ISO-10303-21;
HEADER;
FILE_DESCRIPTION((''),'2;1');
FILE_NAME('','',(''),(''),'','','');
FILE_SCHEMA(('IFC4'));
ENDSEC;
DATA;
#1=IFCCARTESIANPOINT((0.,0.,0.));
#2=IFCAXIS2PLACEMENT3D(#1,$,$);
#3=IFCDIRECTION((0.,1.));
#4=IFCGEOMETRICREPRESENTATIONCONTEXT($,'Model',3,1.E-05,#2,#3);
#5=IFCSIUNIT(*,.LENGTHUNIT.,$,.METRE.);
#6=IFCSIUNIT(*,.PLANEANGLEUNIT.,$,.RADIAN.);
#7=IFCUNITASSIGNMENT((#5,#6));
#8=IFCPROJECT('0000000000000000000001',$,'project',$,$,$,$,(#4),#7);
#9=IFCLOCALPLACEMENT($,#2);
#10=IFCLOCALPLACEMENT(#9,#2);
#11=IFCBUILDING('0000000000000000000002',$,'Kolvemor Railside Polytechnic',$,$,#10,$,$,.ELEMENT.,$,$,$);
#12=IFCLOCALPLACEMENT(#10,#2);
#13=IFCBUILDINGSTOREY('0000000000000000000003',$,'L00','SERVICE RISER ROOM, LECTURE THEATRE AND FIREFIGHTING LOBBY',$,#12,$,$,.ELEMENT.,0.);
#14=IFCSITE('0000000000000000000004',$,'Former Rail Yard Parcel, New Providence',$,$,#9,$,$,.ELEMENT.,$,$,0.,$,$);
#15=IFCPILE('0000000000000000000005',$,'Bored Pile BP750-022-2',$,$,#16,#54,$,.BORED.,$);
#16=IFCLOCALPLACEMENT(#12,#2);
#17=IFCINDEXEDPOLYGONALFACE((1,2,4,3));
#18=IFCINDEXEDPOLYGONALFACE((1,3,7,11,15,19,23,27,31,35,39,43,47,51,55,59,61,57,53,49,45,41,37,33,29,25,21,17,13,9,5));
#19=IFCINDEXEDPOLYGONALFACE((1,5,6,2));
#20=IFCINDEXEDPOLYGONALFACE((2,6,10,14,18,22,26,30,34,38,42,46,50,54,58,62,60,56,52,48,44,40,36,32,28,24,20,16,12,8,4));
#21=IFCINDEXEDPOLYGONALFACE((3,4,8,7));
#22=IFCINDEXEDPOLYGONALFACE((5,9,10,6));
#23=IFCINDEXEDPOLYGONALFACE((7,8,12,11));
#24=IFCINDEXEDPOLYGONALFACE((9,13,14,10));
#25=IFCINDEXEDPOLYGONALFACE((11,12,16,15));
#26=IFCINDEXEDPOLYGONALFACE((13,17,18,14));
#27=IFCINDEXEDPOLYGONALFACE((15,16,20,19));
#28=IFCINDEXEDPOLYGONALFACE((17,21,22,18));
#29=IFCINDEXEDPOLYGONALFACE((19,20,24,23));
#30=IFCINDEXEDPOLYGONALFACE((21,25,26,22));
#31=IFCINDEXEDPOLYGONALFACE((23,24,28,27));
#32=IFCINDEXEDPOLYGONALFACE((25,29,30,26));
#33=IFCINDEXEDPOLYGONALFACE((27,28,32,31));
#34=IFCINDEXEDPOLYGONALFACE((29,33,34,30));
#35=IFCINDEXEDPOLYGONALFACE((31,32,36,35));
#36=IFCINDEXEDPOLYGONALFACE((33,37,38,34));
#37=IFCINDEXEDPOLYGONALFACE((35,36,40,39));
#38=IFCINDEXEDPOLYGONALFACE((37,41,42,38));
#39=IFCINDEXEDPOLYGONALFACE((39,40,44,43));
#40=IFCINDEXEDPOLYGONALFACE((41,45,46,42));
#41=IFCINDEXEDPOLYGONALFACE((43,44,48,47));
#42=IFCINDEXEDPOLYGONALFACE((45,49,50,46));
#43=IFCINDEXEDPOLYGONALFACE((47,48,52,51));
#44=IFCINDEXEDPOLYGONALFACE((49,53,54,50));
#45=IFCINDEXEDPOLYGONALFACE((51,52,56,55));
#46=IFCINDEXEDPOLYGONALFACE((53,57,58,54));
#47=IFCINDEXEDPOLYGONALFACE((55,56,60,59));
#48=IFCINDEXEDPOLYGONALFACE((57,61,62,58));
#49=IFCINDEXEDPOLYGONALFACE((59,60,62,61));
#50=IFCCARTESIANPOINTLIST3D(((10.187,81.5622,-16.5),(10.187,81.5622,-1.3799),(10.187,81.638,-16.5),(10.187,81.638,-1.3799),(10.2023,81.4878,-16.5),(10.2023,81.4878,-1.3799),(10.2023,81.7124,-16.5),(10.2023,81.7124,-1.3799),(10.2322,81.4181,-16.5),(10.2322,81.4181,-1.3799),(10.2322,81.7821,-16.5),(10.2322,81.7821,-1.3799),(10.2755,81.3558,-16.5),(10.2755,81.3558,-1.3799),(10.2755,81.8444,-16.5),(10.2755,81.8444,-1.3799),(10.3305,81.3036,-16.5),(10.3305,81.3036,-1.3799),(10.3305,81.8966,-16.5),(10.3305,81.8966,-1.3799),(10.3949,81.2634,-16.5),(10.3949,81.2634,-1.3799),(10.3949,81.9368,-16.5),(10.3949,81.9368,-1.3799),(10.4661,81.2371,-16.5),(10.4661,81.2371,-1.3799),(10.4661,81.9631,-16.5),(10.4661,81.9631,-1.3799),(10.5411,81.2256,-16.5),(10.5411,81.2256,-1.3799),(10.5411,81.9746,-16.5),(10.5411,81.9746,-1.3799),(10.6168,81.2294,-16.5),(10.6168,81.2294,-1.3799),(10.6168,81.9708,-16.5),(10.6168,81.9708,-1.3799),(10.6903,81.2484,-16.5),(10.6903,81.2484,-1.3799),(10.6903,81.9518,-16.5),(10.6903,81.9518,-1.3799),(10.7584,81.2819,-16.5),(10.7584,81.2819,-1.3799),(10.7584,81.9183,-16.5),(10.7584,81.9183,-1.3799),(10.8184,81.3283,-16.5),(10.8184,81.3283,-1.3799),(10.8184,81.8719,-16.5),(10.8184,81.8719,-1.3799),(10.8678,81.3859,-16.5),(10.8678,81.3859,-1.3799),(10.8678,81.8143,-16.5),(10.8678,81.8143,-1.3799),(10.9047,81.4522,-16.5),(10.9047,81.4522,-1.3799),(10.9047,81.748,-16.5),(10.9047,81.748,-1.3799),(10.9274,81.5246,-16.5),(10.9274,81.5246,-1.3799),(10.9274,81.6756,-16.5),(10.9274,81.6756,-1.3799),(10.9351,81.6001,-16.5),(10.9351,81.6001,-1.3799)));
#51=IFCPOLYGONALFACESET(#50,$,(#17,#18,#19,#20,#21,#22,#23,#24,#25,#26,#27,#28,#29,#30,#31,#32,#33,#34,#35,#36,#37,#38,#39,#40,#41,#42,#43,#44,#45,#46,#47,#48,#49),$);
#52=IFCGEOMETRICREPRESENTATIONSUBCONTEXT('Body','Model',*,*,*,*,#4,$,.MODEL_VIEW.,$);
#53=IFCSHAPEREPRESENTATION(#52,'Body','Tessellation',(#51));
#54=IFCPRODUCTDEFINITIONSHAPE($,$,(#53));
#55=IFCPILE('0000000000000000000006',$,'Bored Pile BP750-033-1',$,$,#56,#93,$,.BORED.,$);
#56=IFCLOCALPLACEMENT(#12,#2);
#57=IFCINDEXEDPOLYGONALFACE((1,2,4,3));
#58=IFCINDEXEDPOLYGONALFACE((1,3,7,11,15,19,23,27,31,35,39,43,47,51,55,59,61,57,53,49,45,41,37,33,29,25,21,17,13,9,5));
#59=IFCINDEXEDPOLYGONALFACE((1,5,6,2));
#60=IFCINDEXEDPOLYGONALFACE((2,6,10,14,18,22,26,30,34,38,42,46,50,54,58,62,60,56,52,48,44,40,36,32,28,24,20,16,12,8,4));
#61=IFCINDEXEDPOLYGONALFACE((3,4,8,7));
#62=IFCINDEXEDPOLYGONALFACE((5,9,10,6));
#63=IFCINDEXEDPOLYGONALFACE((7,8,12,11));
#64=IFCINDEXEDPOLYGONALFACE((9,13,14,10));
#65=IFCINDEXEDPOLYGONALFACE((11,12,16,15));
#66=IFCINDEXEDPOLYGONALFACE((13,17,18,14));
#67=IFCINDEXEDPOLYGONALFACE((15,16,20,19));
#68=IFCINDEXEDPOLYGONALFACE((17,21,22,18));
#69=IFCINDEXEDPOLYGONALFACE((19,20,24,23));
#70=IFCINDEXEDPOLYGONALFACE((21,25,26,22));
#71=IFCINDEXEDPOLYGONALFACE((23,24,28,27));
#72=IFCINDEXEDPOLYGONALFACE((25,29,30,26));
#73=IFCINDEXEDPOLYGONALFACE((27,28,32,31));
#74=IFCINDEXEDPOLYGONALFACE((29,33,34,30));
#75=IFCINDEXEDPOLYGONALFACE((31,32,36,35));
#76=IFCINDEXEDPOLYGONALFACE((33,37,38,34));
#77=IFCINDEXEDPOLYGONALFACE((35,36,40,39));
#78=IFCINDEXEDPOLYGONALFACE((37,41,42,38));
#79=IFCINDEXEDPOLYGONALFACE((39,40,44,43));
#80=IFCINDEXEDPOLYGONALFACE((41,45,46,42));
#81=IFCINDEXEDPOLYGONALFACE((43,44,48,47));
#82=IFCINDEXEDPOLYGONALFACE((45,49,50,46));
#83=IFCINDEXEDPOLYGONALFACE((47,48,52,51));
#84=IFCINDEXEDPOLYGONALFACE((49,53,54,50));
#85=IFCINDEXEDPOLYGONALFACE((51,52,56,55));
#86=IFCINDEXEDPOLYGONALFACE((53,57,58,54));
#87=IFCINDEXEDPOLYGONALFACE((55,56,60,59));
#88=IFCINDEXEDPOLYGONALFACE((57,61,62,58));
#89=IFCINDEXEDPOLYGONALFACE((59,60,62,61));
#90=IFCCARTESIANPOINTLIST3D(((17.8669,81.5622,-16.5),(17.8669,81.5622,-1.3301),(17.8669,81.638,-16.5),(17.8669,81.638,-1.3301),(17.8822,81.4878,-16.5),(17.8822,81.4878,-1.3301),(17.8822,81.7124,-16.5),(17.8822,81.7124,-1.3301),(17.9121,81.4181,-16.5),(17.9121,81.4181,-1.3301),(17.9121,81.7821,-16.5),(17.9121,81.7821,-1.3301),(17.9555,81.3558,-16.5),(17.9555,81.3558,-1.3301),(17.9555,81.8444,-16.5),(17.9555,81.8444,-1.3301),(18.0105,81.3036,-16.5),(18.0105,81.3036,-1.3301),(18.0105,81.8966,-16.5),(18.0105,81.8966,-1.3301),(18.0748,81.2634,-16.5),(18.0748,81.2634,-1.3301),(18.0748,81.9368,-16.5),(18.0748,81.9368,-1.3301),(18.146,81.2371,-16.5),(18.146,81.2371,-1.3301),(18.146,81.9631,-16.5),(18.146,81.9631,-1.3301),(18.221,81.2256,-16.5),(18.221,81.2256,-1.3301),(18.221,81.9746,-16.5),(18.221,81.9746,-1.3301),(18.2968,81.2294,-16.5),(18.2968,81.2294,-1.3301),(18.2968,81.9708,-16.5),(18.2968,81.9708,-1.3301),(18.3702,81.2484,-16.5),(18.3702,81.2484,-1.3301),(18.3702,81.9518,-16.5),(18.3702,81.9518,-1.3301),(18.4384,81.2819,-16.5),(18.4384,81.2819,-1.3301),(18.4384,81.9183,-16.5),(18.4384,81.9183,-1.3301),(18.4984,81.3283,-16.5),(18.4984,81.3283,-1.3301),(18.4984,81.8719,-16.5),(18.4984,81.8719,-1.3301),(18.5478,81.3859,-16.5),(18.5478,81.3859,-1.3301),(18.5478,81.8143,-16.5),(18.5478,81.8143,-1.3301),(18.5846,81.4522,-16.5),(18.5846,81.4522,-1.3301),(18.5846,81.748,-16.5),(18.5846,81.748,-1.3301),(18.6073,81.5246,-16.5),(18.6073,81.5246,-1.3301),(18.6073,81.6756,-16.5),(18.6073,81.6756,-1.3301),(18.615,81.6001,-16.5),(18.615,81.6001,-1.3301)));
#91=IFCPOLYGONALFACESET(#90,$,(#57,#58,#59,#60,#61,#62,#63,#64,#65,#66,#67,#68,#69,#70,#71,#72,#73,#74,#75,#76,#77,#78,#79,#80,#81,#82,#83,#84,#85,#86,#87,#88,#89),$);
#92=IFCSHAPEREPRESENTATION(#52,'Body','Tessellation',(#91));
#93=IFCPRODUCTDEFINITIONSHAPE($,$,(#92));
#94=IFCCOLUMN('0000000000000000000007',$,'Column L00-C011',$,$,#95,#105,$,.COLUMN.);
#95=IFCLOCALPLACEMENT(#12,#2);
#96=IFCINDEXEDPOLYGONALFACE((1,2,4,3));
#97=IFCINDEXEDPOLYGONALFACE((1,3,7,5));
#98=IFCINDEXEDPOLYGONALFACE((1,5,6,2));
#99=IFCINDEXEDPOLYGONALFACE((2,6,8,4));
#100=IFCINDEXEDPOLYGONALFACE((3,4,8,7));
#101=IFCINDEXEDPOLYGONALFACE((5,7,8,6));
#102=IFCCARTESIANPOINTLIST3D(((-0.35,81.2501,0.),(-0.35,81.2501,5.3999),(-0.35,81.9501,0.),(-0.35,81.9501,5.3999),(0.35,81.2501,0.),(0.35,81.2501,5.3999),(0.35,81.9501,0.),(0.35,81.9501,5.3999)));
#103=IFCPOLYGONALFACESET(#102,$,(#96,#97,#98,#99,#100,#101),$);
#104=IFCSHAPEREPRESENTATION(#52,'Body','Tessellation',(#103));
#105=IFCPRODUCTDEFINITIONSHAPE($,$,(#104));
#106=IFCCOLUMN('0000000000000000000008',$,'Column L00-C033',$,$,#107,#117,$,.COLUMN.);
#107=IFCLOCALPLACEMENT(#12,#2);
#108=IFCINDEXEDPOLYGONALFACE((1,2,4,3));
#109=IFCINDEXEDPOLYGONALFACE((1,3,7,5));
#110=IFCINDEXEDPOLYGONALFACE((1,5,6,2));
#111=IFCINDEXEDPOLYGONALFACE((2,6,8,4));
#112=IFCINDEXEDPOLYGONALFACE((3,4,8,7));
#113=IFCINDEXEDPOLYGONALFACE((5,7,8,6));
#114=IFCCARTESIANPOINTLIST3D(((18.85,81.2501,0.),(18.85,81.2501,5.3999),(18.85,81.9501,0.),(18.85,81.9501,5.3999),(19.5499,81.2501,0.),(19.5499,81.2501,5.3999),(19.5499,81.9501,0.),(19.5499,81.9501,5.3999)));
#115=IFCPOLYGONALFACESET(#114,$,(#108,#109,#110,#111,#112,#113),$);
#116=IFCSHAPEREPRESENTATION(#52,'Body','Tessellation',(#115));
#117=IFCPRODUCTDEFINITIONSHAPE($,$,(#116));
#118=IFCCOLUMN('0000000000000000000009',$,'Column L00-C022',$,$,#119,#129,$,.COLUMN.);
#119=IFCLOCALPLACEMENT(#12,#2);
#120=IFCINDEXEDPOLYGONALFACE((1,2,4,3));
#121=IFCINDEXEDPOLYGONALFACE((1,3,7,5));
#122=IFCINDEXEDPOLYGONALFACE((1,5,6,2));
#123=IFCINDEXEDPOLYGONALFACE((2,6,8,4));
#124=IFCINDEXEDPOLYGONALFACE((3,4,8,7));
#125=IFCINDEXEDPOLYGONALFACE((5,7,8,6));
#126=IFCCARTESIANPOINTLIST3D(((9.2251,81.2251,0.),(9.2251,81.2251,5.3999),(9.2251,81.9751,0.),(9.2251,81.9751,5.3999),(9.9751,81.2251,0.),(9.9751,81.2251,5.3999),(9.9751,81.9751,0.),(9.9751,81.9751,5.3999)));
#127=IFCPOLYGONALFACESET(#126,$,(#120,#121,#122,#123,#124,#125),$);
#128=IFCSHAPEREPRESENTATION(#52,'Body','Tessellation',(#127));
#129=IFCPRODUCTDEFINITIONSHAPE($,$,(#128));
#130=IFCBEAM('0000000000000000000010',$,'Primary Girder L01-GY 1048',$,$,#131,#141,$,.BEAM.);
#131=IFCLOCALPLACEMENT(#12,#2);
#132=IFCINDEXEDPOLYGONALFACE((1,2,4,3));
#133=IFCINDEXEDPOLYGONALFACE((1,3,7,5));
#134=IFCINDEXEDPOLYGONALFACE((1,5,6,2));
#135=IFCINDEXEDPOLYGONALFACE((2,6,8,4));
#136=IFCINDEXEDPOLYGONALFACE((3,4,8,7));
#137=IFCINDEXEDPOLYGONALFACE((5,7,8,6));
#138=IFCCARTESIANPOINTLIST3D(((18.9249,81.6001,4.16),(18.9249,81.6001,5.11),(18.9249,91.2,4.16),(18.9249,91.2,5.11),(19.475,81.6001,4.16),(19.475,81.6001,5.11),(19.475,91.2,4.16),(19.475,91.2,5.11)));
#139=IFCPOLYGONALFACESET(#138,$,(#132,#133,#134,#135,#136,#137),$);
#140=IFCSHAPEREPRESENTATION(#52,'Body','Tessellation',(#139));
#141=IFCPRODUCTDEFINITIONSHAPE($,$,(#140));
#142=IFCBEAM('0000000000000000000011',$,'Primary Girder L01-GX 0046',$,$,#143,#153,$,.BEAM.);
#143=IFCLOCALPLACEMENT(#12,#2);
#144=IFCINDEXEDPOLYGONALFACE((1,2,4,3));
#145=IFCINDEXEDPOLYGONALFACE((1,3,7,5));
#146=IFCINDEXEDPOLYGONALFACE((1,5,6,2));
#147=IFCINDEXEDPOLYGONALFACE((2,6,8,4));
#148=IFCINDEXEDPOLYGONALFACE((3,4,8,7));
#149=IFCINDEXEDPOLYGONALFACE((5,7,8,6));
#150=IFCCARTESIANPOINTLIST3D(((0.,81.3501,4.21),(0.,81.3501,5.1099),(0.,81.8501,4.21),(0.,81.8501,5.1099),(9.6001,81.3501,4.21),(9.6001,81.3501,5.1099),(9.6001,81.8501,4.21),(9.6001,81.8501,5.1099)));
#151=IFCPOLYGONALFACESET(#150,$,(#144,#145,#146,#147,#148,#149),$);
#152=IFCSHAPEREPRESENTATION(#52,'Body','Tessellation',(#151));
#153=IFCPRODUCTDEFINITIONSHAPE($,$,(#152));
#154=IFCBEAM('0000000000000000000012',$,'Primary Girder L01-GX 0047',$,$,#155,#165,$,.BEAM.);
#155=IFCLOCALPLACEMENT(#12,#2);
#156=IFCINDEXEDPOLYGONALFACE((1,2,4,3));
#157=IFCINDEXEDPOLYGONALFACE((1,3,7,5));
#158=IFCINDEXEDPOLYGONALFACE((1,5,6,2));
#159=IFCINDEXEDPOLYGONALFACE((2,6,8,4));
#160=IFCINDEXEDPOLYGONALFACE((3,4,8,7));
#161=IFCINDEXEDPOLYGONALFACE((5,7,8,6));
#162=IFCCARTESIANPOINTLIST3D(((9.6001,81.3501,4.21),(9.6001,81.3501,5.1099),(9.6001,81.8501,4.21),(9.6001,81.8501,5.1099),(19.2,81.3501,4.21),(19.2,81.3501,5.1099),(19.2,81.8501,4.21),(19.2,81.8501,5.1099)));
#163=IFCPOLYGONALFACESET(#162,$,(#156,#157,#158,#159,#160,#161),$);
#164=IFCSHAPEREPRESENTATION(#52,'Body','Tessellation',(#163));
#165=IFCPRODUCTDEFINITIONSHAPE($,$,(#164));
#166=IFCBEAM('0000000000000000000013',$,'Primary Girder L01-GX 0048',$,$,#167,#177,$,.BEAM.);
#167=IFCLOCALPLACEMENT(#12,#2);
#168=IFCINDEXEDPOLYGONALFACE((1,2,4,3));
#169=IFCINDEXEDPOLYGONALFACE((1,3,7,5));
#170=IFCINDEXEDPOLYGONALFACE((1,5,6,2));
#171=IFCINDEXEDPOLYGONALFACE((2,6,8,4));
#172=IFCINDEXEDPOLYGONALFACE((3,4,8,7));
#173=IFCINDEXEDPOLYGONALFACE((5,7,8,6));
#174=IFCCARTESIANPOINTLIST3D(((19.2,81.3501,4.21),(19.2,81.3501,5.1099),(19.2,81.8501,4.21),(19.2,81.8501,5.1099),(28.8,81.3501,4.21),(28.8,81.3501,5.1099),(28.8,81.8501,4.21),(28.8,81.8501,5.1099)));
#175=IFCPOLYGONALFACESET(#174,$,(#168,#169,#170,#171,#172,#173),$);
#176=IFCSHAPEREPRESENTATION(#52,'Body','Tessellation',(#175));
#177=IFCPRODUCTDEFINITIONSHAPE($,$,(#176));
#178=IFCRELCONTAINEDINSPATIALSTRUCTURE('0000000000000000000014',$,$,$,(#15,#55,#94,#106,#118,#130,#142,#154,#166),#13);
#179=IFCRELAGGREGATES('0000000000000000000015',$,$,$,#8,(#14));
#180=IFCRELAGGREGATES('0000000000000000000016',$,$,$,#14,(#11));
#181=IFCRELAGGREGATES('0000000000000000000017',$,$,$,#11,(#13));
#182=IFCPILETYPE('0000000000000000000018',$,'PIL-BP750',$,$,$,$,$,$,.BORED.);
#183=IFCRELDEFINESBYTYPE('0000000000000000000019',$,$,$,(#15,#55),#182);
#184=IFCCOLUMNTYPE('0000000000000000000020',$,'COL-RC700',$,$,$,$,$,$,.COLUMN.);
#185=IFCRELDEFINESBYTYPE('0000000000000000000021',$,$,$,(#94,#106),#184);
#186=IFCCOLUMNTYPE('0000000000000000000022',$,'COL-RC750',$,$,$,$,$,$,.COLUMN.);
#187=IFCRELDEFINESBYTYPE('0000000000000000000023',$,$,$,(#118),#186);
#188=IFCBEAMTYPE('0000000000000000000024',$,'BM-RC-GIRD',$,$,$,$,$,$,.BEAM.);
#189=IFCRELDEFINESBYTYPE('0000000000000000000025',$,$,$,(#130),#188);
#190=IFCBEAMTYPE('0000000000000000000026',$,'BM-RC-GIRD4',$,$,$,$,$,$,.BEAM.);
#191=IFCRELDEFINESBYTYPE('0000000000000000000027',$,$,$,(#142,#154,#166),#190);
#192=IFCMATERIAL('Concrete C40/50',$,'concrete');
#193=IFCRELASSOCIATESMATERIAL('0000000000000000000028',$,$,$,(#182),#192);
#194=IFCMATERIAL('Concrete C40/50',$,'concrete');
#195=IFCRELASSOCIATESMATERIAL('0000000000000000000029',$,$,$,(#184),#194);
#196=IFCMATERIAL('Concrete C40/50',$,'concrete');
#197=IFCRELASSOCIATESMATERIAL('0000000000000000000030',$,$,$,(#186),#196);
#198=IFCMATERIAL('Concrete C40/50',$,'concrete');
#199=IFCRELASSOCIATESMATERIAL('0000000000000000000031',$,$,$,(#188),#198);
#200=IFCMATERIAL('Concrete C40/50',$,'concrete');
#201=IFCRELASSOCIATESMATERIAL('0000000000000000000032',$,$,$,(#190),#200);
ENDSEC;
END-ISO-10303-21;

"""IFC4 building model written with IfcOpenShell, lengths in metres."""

from ifc_helpers import new_model, si_unit, direction, frame, origin, origin_2d, place, context, subcontext, project, spatial, rectangle, circle, extrude, material, material_profile, profile_set, type_object, element, save


model = new_model("IFC4")

# Units and contexts
model_context = context("Model", 3, precision=1e-05, world=origin(), true_north=direction((0.0, 1.0)))
body_context = subcontext(model_context, "Body", "Model", "MODEL_VIEW")
ifc_project = project(units=[si_unit("LENGTHUNIT", "METRE"), si_unit("PLANEANGLEUNIT", "RADIAN")], contexts=[model_context])

# Site, building, storey
site_placement = place(None, origin())
site = spatial("IfcSite", under=ifc_project, at=site_placement, Name="Former Rail Yard Parcel, New Providence", CompositionType="ELEMENT", RefElevation=0.0)
building_placement = place(site_placement, origin())
building = spatial("IfcBuilding", under=site, at=building_placement, Name="Kolvemor Railside Polytechnic", CompositionType="ELEMENT")
storey_placement = place(building_placement, origin())
storey = spatial("IfcBuildingStorey", under=building, at=storey_placement, Name="L00", Description="SERVICE RISER ROOM, LECTURE THEATRE AND FIREFIGHTING LOBBY", CompositionType="ELEMENT", Elevation=0.0)

# Piles
ifc_material_1 = material(Name="Concrete C40/50", Category="concrete")
ifc_material_profile_1 = material_profile(ifc_material_1, circle(Radius=0.375, at=origin_2d()), Name="BP750")
ifc_profile_set_1 = profile_set([ifc_material_profile_1], Name="Concrete C40/50")
pile_type = type_object("IfcPileType", Name="PIL-BP750", PredefinedType="BORED", material=ifc_profile_set_1)
for number, where, z_axis, x_axis, name in (
    (1, (10.5601, 81.6001, -1.3799), (0.0, 0.0, -1.0), (1.0, 0.0, 0.0), "Bored Pile BP750-022-2"),
):
    element("IfcPile", number, at=place(storey_placement, frame(where, z_axis=z_axis, x_axis=x_axis)), inside=storey, type_object=pile_type, Name=name, PredefinedType="BORED", context=body_context, shape_type="SweptSolid", body=[
        extrude(circle(Radius=0.375, at=origin_2d()), origin(), (0.0, 0.0, 1.0), 15.1201),
    ])
pile_placement = place(storey_placement, frame((18.24, 81.6001, -1.3301), z_axis=(0.0, 0.0, -1.0), x_axis=(1.0, 0.0, 0.0)))
element("IfcPile", 2, at=pile_placement, inside=storey, type_object=pile_type, Name="Bored Pile BP750-033-1", PredefinedType="BORED", context=body_context, shape_type="SweptSolid", body=[
    extrude(circle(Radius=0.375, at=origin_2d()), origin(), (0.0, 0.0, 1.0), 15.1699),
])

# Columns
ifc_material_2 = material(Name="Concrete C40/50", Category="concrete")
ifc_material_profile_2 = material_profile(ifc_material_2, rectangle(XDim=0.7, YDim=0.7, at=origin_2d()), Name="RC700x700")
ifc_profile_set_2 = profile_set([ifc_material_profile_2], Name="Concrete C40/50")
column_type_1 = type_object("IfcColumnType", Name="COL-RC700", PredefinedType="COLUMN", material=ifc_profile_set_2)
for number, where, z_axis, x_axis, name in (
    (3, (0.0, 81.6001, 0.0), (0.0, 0.0, 1.0), (1.0, 0.0, 0.0), "Column L00-C011"),
    (4, (19.2, 81.6001, 0.0), (0.0, 0.0, 1.0), (1.0, 0.0, 0.0), "Column L00-C033"),
):
    element("IfcColumn", number, at=place(storey_placement, frame(where, z_axis=z_axis, x_axis=x_axis)), inside=storey, type_object=column_type_1, Name=name, PredefinedType="COLUMN", context=body_context, shape_type="SweptSolid", body=[
        extrude(rectangle(XDim=0.7, YDim=0.7, at=origin_2d()), origin(), (0.0, 0.0, 1.0), 5.3999),
    ])
ifc_material_3 = material(Name="Concrete C40/50", Category="concrete")
ifc_material_profile_3 = material_profile(ifc_material_3, rectangle(XDim=0.75, YDim=0.75, at=origin_2d()), Name="RC750x750")
ifc_profile_set_3 = profile_set([ifc_material_profile_3], Name="Concrete C40/50")
column_type_2 = type_object("IfcColumnType", Name="COL-RC750", PredefinedType="COLUMN", material=ifc_profile_set_3)
column_placement = place(storey_placement, frame((9.6001, 81.6001, 0.0), z_axis=(0.0, 0.0, 1.0), x_axis=(1.0, 0.0, 0.0)))
element("IfcColumn", 5, at=column_placement, inside=storey, type_object=column_type_2, Name="Column L00-C022", PredefinedType="COLUMN", context=body_context, shape_type="SweptSolid", body=[
    extrude(rectangle(XDim=0.75, YDim=0.75, at=origin_2d()), origin(), (0.0, 0.0, 1.0), 5.3999),
])

# Beams
ifc_material_4 = material(Name="Concrete C40/50", Category="concrete")
ifc_material_profile_4 = material_profile(ifc_material_4, rectangle(XDim=0.55, YDim=0.95, at=origin_2d()), Name="RC550x950")
ifc_profile_set_4 = profile_set([ifc_material_profile_4], Name="Concrete C40/50")
beam_type_1 = type_object("IfcBeamType", Name="BM-RC-GIRD", PredefinedType="BEAM", material=ifc_profile_set_4)
beam_1_placement = place(storey_placement, frame((19.2, 81.6001, 4.635), z_axis=(0.0, 1.0, 0.0), x_axis=(-1.0, 0.0, 0.0)))
element("IfcBeam", 6, at=beam_1_placement, inside=storey, type_object=beam_type_1, Name="Primary Girder L01-GY 1048", PredefinedType="BEAM", context=body_context, shape_type="SweptSolid", body=[
    extrude(rectangle(XDim=0.55, YDim=0.95, at=origin_2d()), origin(), (0.0, 0.0, 1.0), 9.5999),
])
ifc_material_5 = material(Name="Concrete C40/50", Category="concrete")
ifc_material_profile_5 = material_profile(ifc_material_5, rectangle(XDim=0.5, YDim=0.8999, at=origin_2d()), Name="RC500x900")
ifc_profile_set_5 = profile_set([ifc_material_profile_5], Name="Concrete C40/50")
beam_type_2 = type_object("IfcBeamType", Name="BM-RC-GIRD4", PredefinedType="BEAM", material=ifc_profile_set_5)
beam_2_placement = place(storey_placement, frame((0.0, 81.6001, 4.6599), z_axis=(1.0, 0.0, 0.0), x_axis=(0.0, 1.0, 0.0)))
element("IfcBeam", 7, at=beam_2_placement, inside=storey, type_object=beam_type_2, Name="Primary Girder L01-GX 0046", PredefinedType="BEAM", context=body_context, shape_type="SweptSolid", body=[
    extrude(rectangle(XDim=0.5, YDim=0.8999, at=origin_2d()), origin(), (0.0, 0.0, 1.0), 9.6001),
])
beam_3_placement = place(storey_placement, frame((9.6001, 81.6001, 4.6599), z_axis=(1.0, 0.0, 0.0), x_axis=(0.0, 1.0, 0.0)))
element("IfcBeam", 8, at=beam_3_placement, inside=storey, type_object=beam_type_2, Name="Primary Girder L01-GX 0047", PredefinedType="BEAM", context=body_context, shape_type="SweptSolid", body=[
    extrude(rectangle(XDim=0.5, YDim=0.8999, at=origin_2d()), origin(), (0.0, 0.0, 1.0), 9.5999),
])
beam_4_placement = place(storey_placement, frame((19.2, 81.6001, 4.6599), z_axis=(1.0, 0.0, 0.0), x_axis=(0.0, 1.0, 0.0)))
element("IfcBeam", 9, at=beam_4_placement, inside=storey, type_object=beam_type_2, Name="Primary Girder L01-GX 0048", PredefinedType="BEAM", context=body_context, shape_type="SweptSolid", body=[
    extrude(rectangle(XDim=0.5, YDim=0.8999, at=origin_2d()), origin(), (0.0, 0.0, 1.0), 9.6001),
])

save(model, "model.ifc")
